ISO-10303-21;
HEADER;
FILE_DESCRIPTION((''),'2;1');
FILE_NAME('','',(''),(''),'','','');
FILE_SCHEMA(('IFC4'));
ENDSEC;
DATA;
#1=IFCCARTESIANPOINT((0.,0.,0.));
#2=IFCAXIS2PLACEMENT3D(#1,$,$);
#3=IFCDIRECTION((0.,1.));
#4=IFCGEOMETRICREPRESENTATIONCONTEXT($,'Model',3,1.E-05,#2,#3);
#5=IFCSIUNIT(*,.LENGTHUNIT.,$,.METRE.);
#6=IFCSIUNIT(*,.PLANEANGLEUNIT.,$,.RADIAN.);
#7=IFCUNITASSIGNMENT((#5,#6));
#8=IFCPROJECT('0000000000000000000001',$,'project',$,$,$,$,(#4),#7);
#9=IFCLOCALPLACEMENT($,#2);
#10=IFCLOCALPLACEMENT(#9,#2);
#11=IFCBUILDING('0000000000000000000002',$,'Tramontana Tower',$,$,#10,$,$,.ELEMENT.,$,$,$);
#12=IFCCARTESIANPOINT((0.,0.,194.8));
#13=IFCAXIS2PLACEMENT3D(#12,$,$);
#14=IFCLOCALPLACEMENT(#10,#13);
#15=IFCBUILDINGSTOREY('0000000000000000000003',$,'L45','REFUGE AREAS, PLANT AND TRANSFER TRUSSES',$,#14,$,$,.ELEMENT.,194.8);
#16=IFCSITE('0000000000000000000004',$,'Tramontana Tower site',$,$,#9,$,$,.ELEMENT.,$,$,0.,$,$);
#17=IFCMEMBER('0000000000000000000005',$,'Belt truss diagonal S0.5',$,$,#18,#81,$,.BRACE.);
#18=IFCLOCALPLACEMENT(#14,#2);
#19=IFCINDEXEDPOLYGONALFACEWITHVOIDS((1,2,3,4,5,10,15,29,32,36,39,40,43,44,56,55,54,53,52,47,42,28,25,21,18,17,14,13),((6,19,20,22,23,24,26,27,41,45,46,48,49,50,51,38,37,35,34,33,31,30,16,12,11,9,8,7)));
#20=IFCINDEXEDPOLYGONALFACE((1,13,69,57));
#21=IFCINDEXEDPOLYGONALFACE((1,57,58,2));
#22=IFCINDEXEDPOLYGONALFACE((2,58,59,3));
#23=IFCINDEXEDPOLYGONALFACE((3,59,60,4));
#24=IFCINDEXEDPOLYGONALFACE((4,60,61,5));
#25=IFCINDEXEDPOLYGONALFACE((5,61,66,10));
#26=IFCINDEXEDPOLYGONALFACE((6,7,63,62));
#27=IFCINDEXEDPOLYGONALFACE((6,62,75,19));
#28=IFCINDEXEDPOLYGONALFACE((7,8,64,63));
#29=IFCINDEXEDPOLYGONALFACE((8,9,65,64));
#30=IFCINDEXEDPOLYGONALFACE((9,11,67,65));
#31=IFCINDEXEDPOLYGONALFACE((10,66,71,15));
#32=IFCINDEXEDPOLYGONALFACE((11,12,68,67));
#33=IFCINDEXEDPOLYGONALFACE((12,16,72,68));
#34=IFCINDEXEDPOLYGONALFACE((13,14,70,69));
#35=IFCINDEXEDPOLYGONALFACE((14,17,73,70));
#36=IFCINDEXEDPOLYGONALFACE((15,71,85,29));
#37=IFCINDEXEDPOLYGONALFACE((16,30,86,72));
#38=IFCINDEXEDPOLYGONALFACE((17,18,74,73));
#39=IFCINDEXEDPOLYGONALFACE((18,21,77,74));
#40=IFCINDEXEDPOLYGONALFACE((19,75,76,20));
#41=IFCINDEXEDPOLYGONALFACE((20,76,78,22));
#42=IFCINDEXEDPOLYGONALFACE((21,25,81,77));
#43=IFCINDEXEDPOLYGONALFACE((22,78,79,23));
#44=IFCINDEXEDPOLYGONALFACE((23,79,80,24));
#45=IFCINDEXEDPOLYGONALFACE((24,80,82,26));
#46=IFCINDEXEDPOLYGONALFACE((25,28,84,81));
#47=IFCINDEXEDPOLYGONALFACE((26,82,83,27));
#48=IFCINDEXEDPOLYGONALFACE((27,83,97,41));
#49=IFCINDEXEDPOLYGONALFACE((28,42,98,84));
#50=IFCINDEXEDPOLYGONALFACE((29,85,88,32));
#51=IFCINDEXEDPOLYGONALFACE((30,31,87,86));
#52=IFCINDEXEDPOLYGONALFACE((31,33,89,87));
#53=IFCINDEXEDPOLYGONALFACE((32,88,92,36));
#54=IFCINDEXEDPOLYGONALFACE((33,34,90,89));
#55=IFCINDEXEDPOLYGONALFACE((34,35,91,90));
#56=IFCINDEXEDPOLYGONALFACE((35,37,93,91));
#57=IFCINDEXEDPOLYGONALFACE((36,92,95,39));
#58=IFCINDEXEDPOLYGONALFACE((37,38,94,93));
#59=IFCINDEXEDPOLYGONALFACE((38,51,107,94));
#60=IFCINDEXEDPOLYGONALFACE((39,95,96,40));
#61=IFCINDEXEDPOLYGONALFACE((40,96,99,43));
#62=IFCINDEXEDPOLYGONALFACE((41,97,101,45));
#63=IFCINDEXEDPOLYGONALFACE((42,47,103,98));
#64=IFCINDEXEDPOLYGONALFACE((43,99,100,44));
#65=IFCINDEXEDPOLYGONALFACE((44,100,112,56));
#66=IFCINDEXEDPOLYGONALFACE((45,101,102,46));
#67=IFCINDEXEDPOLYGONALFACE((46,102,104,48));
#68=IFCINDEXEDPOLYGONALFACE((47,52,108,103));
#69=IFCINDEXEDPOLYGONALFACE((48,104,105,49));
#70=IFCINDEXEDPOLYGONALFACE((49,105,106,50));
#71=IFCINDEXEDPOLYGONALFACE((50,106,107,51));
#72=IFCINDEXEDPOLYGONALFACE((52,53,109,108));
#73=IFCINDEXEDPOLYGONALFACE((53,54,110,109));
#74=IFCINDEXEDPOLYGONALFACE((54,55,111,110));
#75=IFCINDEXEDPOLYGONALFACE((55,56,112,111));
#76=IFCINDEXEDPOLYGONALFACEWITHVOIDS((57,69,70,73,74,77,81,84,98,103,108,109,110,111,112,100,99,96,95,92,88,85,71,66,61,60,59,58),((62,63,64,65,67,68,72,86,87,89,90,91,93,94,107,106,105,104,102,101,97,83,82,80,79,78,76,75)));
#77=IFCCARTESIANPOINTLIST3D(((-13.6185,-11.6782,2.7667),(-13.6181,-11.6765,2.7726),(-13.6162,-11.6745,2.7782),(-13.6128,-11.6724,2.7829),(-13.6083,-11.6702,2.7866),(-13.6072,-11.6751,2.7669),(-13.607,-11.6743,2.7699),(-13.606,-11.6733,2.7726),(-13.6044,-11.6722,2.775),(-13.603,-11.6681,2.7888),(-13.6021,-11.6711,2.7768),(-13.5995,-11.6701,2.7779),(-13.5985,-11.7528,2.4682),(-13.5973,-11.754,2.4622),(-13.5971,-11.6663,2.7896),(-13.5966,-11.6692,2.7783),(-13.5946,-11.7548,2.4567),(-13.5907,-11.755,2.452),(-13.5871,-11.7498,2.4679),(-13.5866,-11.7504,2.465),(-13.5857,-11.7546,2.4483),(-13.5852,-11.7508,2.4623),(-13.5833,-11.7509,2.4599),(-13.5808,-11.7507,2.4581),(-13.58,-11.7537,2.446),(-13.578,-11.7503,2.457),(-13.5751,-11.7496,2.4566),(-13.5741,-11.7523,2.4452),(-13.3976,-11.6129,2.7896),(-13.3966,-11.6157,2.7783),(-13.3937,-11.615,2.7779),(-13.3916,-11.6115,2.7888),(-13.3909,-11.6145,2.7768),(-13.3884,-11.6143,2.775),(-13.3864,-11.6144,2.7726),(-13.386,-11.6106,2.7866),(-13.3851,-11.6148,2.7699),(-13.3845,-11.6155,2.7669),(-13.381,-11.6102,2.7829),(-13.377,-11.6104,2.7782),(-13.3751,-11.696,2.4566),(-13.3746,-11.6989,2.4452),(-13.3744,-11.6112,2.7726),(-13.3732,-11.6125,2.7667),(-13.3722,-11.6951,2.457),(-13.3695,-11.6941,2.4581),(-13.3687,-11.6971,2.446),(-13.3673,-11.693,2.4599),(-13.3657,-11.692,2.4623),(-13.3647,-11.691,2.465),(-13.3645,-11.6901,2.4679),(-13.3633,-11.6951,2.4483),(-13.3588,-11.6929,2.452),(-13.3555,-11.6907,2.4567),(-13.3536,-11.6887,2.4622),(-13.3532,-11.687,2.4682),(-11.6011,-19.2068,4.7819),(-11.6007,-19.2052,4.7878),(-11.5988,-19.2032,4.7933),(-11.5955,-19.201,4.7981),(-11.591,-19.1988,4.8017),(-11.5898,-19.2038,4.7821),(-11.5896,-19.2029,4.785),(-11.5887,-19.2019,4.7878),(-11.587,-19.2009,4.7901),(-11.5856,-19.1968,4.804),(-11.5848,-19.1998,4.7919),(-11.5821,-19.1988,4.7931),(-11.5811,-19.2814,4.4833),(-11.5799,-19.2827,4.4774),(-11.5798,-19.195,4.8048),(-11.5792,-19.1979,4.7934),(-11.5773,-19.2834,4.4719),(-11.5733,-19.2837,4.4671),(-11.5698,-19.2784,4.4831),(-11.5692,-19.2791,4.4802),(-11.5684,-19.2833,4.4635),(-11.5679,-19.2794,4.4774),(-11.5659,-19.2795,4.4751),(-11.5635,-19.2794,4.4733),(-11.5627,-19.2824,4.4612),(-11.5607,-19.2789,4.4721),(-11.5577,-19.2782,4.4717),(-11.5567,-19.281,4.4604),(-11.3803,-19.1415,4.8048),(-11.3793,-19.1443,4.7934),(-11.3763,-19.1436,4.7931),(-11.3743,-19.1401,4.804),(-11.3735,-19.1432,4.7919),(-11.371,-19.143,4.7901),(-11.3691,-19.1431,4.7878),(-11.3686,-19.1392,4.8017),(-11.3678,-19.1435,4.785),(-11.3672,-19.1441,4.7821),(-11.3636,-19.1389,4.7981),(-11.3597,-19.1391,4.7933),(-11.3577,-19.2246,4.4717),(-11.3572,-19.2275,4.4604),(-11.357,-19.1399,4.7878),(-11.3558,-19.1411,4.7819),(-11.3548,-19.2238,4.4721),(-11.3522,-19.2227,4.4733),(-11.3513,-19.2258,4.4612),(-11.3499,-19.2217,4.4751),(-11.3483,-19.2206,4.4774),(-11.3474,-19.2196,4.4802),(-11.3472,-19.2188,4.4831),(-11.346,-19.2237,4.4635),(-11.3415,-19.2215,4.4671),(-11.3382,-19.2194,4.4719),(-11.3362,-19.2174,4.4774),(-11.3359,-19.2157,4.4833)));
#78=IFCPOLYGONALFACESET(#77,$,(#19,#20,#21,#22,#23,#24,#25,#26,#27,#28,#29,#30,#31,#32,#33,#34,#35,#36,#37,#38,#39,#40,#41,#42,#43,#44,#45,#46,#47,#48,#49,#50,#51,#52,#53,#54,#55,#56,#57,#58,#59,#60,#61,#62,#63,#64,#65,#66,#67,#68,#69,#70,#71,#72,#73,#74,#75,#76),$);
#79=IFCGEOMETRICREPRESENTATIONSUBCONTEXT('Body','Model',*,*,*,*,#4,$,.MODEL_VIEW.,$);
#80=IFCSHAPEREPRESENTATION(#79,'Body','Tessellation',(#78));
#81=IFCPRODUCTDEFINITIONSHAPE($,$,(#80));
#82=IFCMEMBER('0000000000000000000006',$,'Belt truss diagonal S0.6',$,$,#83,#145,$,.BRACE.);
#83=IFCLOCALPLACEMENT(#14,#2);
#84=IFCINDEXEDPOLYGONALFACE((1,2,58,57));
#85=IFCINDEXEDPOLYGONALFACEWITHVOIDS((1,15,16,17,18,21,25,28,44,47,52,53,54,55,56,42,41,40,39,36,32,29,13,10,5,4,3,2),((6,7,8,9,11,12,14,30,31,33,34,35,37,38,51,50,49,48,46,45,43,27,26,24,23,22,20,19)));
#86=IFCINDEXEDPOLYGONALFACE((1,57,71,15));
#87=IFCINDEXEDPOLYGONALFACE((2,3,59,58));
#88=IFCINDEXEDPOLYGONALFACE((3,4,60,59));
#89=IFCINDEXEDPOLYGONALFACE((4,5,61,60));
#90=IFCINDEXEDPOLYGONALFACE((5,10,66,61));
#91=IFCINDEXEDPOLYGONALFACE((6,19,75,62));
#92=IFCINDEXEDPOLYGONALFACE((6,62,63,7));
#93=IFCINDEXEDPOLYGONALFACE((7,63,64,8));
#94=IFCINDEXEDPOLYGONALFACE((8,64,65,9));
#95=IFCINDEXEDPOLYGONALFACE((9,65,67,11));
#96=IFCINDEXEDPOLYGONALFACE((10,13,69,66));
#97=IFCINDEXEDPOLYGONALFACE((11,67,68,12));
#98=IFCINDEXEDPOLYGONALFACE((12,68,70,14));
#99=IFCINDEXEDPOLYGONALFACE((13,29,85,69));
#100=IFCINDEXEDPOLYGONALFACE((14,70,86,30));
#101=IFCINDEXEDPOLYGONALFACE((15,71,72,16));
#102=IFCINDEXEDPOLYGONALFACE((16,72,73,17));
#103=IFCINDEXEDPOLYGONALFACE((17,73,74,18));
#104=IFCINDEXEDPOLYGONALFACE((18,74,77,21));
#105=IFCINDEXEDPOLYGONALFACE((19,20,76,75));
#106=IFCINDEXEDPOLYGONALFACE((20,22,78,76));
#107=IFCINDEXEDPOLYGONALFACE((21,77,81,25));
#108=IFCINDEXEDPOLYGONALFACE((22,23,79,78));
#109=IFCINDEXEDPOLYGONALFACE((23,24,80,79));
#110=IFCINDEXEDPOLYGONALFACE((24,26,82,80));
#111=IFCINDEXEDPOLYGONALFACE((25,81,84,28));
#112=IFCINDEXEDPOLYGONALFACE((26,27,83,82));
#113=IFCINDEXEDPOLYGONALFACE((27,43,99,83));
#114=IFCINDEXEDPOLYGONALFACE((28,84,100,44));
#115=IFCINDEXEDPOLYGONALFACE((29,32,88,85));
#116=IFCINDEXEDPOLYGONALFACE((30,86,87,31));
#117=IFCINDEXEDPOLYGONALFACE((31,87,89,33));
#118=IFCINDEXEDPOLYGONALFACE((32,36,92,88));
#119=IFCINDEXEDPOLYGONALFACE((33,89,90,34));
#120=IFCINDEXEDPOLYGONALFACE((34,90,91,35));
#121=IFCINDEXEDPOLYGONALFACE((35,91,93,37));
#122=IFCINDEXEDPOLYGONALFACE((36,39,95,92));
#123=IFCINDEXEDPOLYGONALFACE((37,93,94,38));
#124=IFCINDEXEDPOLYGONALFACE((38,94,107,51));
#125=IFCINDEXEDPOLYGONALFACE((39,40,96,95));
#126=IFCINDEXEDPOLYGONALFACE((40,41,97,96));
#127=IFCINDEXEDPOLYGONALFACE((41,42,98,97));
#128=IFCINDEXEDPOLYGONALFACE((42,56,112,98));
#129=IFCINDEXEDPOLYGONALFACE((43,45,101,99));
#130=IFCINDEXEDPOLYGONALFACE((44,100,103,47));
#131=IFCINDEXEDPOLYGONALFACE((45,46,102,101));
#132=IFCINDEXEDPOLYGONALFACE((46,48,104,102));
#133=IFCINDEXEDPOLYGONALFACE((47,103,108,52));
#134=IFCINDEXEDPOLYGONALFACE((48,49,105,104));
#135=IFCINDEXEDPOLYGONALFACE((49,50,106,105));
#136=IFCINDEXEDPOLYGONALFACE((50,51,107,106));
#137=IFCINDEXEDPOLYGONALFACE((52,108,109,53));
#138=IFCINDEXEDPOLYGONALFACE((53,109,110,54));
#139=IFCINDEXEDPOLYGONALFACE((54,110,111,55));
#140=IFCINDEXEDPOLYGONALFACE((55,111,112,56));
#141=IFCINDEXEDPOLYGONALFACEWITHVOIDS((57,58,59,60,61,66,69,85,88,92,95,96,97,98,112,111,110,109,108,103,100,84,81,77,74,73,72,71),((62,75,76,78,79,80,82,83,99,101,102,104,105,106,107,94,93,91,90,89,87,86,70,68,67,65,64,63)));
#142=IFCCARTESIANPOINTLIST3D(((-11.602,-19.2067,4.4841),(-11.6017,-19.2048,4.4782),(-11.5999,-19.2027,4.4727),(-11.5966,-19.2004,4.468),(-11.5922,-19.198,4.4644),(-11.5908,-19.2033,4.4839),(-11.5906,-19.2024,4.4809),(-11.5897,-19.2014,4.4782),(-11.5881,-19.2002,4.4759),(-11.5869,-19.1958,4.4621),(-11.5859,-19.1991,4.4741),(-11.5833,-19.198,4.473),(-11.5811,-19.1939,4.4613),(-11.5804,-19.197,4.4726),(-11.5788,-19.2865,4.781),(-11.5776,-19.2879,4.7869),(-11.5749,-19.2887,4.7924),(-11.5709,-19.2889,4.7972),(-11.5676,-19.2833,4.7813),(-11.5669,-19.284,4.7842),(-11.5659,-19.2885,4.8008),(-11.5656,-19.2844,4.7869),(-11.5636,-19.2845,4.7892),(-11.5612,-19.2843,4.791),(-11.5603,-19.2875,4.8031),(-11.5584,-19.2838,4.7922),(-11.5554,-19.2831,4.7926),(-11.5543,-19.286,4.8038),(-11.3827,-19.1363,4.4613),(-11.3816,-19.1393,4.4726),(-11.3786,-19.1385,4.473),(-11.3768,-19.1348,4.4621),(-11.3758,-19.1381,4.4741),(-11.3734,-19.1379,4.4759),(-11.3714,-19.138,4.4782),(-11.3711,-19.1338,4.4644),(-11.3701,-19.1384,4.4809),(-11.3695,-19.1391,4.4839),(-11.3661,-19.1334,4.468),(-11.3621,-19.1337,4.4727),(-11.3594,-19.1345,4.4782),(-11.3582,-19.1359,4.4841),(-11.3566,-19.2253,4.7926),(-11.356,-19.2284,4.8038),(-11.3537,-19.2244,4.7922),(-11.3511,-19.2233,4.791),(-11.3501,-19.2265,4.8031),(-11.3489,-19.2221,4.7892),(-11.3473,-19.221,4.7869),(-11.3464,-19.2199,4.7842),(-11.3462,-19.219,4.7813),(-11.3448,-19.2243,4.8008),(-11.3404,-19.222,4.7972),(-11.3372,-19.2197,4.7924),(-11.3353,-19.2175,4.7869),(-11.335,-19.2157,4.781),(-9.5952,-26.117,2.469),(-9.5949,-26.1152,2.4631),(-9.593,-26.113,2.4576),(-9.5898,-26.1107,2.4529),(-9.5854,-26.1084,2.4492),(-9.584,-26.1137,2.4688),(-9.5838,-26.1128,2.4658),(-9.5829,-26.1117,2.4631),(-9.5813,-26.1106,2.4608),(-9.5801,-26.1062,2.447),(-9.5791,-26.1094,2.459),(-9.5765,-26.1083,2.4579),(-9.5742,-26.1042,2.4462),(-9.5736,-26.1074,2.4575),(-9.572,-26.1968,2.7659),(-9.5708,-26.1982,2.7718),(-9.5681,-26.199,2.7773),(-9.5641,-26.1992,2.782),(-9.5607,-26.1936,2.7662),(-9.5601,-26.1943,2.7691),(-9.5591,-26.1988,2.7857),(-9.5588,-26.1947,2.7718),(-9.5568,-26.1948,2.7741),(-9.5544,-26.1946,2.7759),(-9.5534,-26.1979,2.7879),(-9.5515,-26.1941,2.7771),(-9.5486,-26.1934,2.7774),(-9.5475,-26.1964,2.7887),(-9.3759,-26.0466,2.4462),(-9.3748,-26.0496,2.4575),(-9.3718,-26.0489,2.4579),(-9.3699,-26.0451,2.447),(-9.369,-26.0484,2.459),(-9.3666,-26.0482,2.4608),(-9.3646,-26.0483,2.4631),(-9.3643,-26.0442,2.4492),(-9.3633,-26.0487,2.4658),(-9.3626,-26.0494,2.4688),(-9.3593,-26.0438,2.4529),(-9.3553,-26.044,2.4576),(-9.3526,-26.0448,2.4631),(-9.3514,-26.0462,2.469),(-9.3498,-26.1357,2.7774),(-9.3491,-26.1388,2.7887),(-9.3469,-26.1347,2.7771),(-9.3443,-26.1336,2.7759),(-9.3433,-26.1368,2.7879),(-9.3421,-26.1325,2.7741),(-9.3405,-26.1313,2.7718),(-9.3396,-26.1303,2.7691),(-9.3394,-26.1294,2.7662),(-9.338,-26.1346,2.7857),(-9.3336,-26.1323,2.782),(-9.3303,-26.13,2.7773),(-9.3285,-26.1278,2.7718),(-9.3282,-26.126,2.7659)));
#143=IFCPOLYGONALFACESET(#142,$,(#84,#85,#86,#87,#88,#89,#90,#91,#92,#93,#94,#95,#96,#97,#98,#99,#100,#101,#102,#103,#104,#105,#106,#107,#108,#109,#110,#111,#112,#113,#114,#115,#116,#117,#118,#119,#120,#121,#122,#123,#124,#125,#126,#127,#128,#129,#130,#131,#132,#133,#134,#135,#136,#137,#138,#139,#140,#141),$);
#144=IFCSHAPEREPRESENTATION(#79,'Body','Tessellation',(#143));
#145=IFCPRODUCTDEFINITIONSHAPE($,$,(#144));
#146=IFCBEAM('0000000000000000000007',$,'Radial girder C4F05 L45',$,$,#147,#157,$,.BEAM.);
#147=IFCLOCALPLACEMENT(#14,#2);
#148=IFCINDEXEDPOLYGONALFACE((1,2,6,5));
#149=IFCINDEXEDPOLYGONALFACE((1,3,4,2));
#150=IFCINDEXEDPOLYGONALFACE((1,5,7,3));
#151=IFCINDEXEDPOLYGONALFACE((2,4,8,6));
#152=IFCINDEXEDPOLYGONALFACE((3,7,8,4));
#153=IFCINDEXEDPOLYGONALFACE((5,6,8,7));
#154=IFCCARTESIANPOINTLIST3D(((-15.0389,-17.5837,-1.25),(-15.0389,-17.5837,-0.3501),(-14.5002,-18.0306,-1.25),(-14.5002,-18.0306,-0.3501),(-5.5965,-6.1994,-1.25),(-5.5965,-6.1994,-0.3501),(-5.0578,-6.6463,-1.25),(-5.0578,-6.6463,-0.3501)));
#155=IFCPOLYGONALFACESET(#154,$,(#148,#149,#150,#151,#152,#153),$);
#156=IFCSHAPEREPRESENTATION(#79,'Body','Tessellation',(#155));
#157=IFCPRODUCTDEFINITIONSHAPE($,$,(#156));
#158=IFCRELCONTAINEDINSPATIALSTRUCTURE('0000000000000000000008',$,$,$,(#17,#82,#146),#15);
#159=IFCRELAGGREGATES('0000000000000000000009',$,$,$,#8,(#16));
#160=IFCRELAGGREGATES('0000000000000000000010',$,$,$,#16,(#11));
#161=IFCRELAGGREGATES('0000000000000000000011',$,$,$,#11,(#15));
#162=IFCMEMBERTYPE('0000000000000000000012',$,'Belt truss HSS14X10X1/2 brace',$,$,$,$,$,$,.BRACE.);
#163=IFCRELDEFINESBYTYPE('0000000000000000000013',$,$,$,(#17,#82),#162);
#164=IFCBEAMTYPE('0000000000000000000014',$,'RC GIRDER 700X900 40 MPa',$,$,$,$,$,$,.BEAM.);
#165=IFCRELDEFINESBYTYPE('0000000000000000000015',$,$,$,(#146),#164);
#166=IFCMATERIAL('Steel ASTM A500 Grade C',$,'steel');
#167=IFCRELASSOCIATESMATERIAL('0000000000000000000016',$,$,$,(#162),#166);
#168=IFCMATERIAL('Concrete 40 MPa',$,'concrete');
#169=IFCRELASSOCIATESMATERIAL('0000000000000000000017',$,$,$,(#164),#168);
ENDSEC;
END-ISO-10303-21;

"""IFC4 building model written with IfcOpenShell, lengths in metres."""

from ifc_helpers import new_model, si_unit, direction, frame, origin, origin_2d, place, context, subcontext, project, spatial, rectangle, hollow_rectangle, extrude, material, material_profile, profile_set, type_object, element, save


model = new_model("IFC4")

# Units and contexts
model_context = context("Model", 3, precision=1e-05, world=origin(), true_north=direction((0.0, 1.0)))
body_context = subcontext(model_context, "Body", "Model", "MODEL_VIEW")
ifc_project = project(units=[si_unit("LENGTHUNIT", "METRE"), si_unit("PLANEANGLEUNIT", "RADIAN")], contexts=[model_context])

# Site, building, storey
site_placement = place(None, origin())
site = spatial("IfcSite", under=ifc_project, at=site_placement, Name="Tramontana Tower site", CompositionType="ELEMENT", RefElevation=0.0)
building_placement = place(site_placement, origin())
building = spatial("IfcBuilding", under=site, at=building_placement, Name="Tramontana Tower", CompositionType="ELEMENT")
storey_placement = place(building_placement, frame((0.0, 0.0, 194.8)))
storey = spatial("IfcBuildingStorey", under=building, at=storey_placement, Name="L45", Description="REFUGE AREAS, PLANT AND TRANSFER TRUSSES", CompositionType="ELEMENT", Elevation=194.8)

# Members
ifc_material_1 = material(Name="Steel ASTM A500 Grade C", Category="steel")
ifc_material_profile_1 = material_profile(ifc_material_1, hollow_rectangle(XDim=0.2539, YDim=0.3557, WallThickness=0.0117, InnerFilletRadius=0.0117, OuterFilletRadius=0.0237, at=origin_2d()), Name="HSS14X10X1/2")
ifc_profile_set_1 = profile_set([ifc_material_profile_1], Name="Steel ASTM A500 Grade C")
member_type_1 = type_object("IfcMemberType", Name="Belt truss HSS14X10X1/2 brace", PredefinedType="BRACE", material=ifc_profile_set_1)
member_1_placement = place(storey_placement, frame((-13.4858, -11.6826, 2.6174), z_axis=(0.250587, -0.935173, 0.250314), x_axis=(0.965924, 0.258826, 0.0)))
element("IfcMember", 1, at=member_1_placement, inside=storey, type_object=member_type_1, Name="Belt truss diagonal S0.5", PredefinedType="BRACE", context=body_context, shape_type="SweptSolid", body=[
    extrude(hollow_rectangle(XDim=0.2539, YDim=0.3557, WallThickness=0.0117, InnerFilletRadius=0.0117, OuterFilletRadius=0.0237, at=origin_2d()), origin(), (0.0, 0.0, 1.0), 8.0505),
])
member_2_placement = place(storey_placement, frame((-11.4685, -19.2112, 4.6326), z_axis=(0.268554, -0.924748, -0.269665), x_axis=(0.960324, 0.278886, 0.0)))
element("IfcMember", 2, at=member_2_placement, inside=storey, type_object=member_type_1, Name="Belt truss diagonal S0.6", PredefinedType="BRACE", context=body_context, shape_type="SweptSolid", body=[
    extrude(hollow_rectangle(XDim=0.2539, YDim=0.3557, WallThickness=0.0117, InnerFilletRadius=0.0117, OuterFilletRadius=0.0237, at=origin_2d()), origin(), (0.0, 0.0, 1.0), 7.4727),
])

# Beam
ifc_material_2 = material(Name="Concrete 40 MPa", Category="concrete")
ifc_material_profile_2 = material_profile(ifc_material_2, rectangle(XDim=0.7, YDim=0.8999, at=origin_2d()), Name="RC GIRDER 700X900 40 MPa")
ifc_profile_set_2 = profile_set([ifc_material_profile_2], Name="Concrete 40 MPa")
beam_type = type_object("IfcBeamType", Name="RC GIRDER 700X900 40 MPa", PredefinedType="BEAM", material=ifc_profile_set_2)
beam_placement = place(storey_placement, frame((-14.7695, -17.8071, -0.8), z_axis=(0.638406, 0.769699, 0.0), x_axis=(-0.769699, 0.638406, 0.0)))
element("IfcBeam", 3, at=beam_placement, inside=storey, type_object=beam_type, Name="Radial girder C4F05 L45", PredefinedType="BEAM", context=body_context, shape_type="SweptSolid", body=[
    extrude(rectangle(XDim=0.7, YDim=0.8999, at=origin_2d()), origin(), (0.0, 0.0, 1.0), 14.7905),
])

save(model, "model.ifc")
